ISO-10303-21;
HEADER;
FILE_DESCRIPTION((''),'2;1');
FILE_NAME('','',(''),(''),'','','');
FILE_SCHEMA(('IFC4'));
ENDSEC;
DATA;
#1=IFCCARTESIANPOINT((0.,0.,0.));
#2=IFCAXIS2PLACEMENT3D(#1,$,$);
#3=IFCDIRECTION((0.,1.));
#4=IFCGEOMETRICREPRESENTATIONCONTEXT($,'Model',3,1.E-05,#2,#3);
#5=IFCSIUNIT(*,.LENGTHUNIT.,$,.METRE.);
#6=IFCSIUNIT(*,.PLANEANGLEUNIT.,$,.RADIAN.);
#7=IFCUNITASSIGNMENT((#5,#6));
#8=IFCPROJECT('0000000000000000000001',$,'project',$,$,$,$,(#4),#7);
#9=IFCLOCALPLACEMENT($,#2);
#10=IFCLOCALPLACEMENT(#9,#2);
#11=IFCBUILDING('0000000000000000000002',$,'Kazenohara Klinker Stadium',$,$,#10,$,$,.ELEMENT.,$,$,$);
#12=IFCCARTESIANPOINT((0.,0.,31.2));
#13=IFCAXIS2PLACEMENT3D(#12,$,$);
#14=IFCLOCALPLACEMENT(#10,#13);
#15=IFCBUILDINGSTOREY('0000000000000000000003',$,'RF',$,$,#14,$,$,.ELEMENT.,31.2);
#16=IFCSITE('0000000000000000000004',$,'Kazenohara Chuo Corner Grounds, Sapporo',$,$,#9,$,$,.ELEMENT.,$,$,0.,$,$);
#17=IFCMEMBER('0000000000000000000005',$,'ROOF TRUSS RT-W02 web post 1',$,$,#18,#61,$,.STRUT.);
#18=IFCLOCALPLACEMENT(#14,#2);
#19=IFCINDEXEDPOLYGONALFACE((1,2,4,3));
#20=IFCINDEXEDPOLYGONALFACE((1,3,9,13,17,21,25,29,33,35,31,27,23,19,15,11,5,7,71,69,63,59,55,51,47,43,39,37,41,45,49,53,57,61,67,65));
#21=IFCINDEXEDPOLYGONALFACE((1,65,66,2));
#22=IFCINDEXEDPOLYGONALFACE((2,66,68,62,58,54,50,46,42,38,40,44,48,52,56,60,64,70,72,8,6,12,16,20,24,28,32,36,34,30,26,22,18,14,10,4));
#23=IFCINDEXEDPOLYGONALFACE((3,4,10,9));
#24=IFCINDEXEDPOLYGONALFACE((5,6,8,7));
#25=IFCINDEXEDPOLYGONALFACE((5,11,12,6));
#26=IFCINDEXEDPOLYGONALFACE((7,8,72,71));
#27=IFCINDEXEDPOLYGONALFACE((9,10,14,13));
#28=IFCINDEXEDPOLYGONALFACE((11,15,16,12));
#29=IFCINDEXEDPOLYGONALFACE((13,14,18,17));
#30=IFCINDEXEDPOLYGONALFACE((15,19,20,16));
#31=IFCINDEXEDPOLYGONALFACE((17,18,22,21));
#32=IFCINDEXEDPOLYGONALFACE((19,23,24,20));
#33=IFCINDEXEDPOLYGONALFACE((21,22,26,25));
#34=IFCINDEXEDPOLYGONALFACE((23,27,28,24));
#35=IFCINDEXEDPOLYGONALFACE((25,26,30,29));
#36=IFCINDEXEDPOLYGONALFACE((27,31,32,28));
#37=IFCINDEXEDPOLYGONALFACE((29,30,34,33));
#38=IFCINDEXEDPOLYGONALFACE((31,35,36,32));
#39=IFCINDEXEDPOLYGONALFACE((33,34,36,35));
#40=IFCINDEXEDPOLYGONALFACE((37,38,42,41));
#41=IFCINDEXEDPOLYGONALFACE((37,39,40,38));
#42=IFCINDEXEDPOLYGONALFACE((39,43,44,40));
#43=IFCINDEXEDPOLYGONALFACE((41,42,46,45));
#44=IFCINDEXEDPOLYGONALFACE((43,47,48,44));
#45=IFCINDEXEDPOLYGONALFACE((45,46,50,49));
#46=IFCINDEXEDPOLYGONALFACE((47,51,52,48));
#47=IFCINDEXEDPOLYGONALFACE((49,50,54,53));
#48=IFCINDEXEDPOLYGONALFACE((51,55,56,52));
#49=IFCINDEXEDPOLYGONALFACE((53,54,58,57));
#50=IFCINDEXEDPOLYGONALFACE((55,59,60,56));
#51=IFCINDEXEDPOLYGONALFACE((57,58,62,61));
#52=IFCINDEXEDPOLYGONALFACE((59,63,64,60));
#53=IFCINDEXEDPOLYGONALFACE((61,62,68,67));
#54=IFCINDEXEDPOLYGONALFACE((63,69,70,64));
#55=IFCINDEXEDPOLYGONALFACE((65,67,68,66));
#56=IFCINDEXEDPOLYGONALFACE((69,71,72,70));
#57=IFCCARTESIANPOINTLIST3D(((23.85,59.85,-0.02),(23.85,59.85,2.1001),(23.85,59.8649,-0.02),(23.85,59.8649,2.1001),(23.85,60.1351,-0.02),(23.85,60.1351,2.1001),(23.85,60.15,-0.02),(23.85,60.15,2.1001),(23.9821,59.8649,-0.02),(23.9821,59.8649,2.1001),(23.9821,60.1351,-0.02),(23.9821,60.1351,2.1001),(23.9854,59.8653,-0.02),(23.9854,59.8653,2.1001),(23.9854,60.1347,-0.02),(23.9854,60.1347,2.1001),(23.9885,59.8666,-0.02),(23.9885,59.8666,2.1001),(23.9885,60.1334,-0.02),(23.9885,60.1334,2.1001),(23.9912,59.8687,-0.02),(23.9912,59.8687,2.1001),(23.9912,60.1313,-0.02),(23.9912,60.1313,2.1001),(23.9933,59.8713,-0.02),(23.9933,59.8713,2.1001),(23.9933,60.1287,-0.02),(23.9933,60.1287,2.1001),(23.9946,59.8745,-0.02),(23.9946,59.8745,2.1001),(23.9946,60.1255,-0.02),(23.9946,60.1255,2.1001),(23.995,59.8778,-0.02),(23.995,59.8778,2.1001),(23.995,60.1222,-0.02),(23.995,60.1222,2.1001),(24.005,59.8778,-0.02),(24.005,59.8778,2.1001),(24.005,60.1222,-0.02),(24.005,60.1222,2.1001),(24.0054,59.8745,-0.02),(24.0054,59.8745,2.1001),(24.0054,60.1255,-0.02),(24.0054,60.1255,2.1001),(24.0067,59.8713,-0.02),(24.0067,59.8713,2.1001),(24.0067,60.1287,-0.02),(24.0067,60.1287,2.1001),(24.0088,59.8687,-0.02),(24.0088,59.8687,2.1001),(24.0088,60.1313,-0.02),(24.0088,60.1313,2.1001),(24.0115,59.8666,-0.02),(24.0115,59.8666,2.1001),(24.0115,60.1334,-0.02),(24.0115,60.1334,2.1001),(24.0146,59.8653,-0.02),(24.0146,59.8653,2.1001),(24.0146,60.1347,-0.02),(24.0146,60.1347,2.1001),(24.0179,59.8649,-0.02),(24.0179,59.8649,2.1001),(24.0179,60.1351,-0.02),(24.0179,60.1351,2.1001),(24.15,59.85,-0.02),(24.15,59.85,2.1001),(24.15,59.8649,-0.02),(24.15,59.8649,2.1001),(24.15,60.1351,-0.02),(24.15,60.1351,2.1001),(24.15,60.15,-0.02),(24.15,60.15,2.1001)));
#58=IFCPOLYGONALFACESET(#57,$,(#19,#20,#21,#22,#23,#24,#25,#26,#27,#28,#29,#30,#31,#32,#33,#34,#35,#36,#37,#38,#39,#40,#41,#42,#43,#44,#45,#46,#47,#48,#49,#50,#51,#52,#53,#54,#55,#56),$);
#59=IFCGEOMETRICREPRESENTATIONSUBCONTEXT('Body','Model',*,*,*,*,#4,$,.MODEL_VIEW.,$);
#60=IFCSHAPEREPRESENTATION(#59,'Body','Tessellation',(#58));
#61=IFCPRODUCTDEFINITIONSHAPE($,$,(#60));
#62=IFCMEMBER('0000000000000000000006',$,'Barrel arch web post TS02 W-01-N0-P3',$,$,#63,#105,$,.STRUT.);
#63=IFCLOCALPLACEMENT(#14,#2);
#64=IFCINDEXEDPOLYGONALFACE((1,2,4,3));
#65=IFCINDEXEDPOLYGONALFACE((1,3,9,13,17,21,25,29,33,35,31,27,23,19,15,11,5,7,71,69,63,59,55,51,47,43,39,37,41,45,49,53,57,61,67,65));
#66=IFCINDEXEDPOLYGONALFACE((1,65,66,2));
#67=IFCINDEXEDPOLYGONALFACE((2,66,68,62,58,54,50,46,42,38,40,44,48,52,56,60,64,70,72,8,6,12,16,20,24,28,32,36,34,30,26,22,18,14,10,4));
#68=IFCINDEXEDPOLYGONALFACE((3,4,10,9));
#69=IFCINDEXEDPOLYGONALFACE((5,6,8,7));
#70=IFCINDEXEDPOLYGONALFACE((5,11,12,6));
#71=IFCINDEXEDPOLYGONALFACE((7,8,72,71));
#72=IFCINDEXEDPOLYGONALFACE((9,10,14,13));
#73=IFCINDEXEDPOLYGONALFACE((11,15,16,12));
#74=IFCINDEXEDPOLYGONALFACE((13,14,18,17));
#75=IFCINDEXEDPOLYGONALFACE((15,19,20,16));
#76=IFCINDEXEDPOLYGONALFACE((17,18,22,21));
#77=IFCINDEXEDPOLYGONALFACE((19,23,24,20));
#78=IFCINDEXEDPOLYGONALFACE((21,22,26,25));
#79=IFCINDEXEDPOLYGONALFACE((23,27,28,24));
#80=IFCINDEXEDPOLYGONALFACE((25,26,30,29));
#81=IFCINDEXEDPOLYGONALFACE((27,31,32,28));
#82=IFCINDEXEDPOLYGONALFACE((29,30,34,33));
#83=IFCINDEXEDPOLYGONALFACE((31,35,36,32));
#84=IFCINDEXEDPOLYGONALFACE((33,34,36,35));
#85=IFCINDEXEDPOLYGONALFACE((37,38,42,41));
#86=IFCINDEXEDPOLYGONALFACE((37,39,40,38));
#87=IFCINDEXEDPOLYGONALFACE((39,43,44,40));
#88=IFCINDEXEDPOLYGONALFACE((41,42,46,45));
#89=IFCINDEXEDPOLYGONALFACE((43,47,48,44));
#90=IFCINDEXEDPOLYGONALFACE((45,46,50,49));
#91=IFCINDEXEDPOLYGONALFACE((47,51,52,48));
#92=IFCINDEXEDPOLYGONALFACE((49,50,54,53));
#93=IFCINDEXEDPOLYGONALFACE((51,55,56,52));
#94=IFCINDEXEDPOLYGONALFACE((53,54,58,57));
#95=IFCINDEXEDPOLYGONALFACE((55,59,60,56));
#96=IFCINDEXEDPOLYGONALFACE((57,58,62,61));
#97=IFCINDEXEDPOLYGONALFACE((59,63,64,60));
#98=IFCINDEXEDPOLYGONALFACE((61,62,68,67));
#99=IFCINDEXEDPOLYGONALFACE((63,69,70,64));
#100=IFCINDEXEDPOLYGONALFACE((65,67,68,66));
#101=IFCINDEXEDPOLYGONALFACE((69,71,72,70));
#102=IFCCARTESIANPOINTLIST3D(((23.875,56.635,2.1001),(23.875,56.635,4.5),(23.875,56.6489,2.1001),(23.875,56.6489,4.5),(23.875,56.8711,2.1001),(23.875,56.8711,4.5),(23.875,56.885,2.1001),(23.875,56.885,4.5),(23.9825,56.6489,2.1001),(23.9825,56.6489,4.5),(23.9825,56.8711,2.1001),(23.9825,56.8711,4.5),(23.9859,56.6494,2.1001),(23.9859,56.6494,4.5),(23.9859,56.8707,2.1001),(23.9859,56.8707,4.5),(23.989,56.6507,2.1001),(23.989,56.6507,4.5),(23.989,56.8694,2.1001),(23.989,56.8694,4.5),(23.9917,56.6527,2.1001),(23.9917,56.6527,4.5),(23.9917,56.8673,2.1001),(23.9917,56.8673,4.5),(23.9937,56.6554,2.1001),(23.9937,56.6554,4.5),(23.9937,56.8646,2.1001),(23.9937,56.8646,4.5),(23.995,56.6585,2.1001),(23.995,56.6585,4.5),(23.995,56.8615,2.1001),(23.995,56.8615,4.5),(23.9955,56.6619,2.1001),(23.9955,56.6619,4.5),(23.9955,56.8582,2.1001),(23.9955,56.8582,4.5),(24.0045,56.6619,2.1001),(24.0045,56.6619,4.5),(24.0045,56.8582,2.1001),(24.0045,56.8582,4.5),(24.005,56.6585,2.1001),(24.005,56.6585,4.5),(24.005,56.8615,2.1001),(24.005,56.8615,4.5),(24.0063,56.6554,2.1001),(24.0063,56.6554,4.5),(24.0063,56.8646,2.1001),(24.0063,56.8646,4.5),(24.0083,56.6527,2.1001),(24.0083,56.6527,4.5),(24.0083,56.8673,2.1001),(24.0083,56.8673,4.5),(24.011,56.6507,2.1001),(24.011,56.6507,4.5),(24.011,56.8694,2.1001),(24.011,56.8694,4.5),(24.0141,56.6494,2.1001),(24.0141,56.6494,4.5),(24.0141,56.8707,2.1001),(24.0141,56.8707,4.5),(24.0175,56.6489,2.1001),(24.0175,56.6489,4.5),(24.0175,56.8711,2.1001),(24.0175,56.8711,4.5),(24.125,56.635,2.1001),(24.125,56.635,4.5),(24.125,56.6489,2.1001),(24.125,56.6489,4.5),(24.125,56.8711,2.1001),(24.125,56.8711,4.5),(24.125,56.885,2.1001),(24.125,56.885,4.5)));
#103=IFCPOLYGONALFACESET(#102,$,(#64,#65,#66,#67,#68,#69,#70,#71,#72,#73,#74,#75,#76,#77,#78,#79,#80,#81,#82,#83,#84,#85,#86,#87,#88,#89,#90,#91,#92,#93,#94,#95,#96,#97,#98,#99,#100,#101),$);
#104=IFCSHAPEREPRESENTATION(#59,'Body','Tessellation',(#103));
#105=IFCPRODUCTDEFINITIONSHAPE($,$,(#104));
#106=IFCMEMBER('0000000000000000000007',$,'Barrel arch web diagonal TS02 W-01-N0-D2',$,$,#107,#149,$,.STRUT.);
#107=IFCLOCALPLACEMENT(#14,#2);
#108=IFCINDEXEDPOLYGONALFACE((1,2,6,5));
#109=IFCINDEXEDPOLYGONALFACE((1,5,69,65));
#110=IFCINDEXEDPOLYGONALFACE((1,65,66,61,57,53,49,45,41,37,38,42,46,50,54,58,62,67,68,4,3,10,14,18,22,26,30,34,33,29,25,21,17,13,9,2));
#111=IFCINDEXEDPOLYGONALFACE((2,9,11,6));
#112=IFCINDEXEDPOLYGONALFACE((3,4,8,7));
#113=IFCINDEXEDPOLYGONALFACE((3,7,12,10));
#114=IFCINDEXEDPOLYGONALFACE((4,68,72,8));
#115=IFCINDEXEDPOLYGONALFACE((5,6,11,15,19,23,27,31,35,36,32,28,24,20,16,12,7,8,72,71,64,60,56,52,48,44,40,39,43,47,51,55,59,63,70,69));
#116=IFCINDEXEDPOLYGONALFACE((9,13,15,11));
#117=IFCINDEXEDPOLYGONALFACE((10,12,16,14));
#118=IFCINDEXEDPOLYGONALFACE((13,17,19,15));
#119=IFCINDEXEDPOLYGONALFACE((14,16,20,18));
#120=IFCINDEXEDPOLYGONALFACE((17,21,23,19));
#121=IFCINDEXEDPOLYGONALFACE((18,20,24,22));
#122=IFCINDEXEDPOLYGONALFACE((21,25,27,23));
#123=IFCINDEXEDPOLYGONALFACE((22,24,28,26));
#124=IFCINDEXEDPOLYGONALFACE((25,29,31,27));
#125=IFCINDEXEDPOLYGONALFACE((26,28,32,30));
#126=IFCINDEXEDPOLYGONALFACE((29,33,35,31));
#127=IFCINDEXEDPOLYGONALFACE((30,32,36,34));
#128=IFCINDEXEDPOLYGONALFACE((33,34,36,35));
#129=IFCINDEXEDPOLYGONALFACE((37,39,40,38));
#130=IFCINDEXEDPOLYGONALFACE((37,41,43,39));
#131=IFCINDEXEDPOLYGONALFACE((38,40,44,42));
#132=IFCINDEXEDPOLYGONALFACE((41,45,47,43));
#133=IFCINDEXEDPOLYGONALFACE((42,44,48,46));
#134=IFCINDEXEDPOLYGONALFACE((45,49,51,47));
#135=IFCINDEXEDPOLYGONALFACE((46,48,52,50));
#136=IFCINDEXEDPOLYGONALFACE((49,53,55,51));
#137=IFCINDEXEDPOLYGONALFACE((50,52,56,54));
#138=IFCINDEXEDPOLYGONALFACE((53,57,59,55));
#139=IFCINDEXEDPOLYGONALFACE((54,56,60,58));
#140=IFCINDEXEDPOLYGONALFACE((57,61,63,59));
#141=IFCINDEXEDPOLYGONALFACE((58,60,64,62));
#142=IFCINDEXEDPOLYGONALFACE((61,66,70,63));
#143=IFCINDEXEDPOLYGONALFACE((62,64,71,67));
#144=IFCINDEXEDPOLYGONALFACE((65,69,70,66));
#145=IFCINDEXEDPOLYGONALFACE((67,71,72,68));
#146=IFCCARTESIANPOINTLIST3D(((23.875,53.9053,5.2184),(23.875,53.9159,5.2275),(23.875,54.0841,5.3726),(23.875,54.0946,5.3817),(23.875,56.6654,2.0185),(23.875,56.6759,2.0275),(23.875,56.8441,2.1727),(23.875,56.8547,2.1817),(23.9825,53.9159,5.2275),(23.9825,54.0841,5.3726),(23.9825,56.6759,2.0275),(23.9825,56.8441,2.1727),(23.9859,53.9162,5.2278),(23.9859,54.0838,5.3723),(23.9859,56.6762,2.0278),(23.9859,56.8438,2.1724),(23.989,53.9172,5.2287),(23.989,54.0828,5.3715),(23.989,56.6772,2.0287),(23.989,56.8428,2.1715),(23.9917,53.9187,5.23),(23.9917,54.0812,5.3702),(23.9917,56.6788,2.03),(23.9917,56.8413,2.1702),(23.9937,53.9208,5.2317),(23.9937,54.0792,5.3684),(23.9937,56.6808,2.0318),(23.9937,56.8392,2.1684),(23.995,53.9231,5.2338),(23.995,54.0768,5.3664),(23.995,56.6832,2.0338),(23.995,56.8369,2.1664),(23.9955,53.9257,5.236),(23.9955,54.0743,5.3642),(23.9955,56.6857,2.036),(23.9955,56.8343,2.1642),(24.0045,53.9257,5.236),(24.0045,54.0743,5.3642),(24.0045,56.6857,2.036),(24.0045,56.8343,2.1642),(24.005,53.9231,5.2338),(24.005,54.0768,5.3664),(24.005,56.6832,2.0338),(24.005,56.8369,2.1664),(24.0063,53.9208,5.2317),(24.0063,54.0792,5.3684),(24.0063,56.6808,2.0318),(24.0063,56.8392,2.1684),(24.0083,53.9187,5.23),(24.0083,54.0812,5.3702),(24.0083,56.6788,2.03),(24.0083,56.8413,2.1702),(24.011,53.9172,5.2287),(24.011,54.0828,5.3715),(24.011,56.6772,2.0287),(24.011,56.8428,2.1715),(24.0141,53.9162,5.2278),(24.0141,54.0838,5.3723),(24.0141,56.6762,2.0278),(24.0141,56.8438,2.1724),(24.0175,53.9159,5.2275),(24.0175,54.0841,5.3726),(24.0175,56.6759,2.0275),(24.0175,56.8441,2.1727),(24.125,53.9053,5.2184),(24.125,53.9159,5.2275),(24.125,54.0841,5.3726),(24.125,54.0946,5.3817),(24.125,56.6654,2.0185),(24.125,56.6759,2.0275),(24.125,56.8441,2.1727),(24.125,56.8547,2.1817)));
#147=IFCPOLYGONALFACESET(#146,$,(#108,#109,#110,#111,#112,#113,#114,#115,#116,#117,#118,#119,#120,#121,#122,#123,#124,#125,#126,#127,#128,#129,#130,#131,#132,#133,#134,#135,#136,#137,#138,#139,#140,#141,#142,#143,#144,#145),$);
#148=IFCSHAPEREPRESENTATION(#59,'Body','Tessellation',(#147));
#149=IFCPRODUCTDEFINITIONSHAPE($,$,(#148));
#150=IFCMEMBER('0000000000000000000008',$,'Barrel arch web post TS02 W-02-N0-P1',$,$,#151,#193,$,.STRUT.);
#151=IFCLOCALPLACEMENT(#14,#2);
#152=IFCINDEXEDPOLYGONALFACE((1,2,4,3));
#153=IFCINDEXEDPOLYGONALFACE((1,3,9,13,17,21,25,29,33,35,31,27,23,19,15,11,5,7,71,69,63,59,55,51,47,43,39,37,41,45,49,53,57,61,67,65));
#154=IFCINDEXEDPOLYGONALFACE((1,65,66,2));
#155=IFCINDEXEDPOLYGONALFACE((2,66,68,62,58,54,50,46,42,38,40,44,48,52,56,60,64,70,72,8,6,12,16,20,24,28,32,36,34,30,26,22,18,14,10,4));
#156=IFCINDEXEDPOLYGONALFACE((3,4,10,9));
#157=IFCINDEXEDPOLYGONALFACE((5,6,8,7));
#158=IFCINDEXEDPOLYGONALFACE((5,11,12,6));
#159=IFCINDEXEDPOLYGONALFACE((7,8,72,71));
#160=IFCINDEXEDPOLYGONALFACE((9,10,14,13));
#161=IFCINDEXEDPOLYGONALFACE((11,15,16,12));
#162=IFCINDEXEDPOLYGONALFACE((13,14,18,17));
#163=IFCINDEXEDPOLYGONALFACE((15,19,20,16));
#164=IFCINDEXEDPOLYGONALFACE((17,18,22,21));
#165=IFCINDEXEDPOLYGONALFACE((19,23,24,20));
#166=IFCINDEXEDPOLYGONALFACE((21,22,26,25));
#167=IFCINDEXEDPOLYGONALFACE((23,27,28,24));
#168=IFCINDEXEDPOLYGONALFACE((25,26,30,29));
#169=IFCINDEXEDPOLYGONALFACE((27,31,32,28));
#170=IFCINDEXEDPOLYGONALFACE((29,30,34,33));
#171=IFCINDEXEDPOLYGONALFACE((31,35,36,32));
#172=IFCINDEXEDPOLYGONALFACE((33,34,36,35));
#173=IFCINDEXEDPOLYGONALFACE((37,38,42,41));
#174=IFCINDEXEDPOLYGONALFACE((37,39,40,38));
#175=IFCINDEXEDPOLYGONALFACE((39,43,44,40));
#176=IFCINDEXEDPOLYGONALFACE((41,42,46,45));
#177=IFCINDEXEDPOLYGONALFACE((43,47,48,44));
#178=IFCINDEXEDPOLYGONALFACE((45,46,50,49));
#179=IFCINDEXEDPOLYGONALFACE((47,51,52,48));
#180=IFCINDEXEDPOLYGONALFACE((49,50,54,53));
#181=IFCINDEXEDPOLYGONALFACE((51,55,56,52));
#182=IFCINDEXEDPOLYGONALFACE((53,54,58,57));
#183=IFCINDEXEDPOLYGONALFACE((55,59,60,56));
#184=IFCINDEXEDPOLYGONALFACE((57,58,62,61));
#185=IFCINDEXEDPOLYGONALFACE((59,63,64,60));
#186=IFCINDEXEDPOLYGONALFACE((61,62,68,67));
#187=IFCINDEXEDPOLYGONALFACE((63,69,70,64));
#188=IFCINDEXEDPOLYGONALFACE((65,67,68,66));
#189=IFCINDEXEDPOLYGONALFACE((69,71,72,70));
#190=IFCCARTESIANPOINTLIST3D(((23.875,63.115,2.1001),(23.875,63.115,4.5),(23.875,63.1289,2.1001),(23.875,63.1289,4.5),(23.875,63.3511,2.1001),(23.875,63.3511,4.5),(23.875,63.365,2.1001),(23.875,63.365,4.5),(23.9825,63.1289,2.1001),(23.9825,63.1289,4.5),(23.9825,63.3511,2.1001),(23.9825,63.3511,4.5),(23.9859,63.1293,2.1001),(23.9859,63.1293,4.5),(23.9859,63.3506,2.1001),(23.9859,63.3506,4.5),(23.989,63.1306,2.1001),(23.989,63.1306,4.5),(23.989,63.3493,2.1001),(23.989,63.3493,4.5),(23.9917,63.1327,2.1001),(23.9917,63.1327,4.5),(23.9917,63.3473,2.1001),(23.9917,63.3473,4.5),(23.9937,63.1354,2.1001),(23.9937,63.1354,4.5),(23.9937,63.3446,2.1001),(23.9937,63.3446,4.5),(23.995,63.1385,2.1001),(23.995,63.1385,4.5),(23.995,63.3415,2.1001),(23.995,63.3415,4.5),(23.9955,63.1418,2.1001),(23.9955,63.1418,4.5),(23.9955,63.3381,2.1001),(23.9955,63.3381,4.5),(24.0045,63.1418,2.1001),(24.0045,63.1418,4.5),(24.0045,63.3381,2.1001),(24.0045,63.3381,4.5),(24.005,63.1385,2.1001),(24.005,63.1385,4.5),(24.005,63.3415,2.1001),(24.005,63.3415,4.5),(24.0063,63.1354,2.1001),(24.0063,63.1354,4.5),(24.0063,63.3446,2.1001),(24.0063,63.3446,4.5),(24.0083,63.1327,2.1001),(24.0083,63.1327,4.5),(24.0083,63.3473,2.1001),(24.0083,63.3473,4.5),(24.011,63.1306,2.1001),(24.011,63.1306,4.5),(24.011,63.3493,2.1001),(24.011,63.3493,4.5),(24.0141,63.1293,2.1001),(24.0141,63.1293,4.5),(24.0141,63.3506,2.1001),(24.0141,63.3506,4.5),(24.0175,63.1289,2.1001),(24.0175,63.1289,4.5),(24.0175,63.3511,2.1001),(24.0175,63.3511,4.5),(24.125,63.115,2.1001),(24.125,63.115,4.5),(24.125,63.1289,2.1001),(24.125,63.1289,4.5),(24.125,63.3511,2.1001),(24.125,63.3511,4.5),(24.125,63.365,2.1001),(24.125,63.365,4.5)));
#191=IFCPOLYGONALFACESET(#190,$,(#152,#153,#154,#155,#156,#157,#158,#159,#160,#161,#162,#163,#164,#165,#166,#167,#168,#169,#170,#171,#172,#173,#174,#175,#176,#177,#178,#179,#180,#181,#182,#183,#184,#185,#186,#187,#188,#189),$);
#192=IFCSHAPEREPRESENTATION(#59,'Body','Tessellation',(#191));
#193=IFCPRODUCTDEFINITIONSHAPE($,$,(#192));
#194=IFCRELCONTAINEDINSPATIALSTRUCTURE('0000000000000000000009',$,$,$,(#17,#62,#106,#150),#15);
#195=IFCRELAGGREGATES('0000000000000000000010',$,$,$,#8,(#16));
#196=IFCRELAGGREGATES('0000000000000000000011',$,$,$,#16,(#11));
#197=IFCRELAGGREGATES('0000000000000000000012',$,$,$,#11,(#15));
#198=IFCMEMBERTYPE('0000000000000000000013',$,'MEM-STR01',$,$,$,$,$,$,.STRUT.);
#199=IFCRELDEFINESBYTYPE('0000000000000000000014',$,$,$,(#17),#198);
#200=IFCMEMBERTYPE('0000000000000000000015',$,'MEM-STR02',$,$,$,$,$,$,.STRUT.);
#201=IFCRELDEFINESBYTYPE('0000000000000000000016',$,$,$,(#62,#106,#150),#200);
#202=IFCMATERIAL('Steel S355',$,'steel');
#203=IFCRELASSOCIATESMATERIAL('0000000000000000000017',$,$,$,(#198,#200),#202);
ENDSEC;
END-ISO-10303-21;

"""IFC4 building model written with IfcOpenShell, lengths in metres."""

from ifc_helpers import new_model, si_unit, direction, frame, origin, origin_2d, place, context, subcontext, project, spatial, i_section, extrude, material, material_profile, profile_set, type_object, element, save


model = new_model("IFC4")

# Units and contexts
model_context = context("Model", 3, precision=1e-05, world=origin(), true_north=direction((0.0, 1.0)))
body_context = subcontext(model_context, "Body", "Model", "MODEL_VIEW")
ifc_project = project(units=[si_unit("LENGTHUNIT", "METRE"), si_unit("PLANEANGLEUNIT", "RADIAN")], contexts=[model_context])

# Site, building, storey
site_placement = place(None, origin())
site = spatial("IfcSite", under=ifc_project, at=site_placement, Name="Kazenohara Chuo Corner Grounds, Sapporo", CompositionType="ELEMENT", RefElevation=0.0)
building_placement = place(site_placement, origin())
building = spatial("IfcBuilding", under=site, at=building_placement, Name="Kazenohara Klinker Stadium", CompositionType="ELEMENT")
storey_placement = place(building_placement, frame((0.0, 0.0, 31.2)))
storey = spatial("IfcBuildingStorey", under=building, at=storey_placement, Name="RF", CompositionType="ELEMENT", Elevation=31.2)

# Members
ifc_material_1 = material(Name="Steel S355", Category="steel")
ifc_material_profile_1 = material_profile(ifc_material_1, i_section(OverallWidth=0.3, OverallDepth=0.3, WebThickness=0.01, FlangeThickness=0.0149, FilletRadius=0.0129, at=origin_2d()), Name="H-300x300x10x15")
ifc_profile_set_1 = profile_set([ifc_material_profile_1], Name="Steel S355")
member_type_1 = type_object("IfcMemberType", Name="MEM-STR01", PredefinedType="STRUT", material=ifc_profile_set_1)
member_1_placement = place(storey_placement, frame((24.0, 60.0, -0.02), z_axis=(0.0, 0.0, 1.0), x_axis=(1.0, 0.0, 0.0)))
element("IfcMember", 1, at=member_1_placement, inside=storey, type_object=member_type_1, Name="ROOF TRUSS RT-W02 web post 1", PredefinedType="STRUT", context=body_context, shape_type="SweptSolid", body=[
    extrude(i_section(OverallWidth=0.3, OverallDepth=0.3, WebThickness=0.01, FlangeThickness=0.0149, FilletRadius=0.0129, at=origin_2d()), origin(), (0.0, 0.0, 1.0), 2.1201),
])
ifc_material_profile_2 = material_profile(ifc_material_1, i_section(OverallWidth=0.25, OverallDepth=0.25, WebThickness=0.009, FlangeThickness=0.0139, FilletRadius=0.0129, at=origin_2d()), Name="H-250x250x9x14")
ifc_profile_set_2 = profile_set([ifc_material_profile_2], Name="Steel S355")
member_type_2 = type_object("IfcMemberType", Name="MEM-STR02", PredefinedType="STRUT", material=ifc_profile_set_2)
member_2_placement = place(storey_placement, frame((24.0, 56.76, 2.1001), z_axis=(0.0, 0.0, 1.0), x_axis=(1.0, 0.0, 0.0)))
element("IfcMember", 2, at=member_2_placement, inside=storey, type_object=member_type_2, Name="Barrel arch web post TS02 W-01-N0-P3", PredefinedType="STRUT", context=body_context, shape_type="SweptSolid", body=[
    extrude(i_section(OverallWidth=0.25, OverallDepth=0.25, WebThickness=0.009, FlangeThickness=0.0139, FilletRadius=0.0129, at=origin_2d()), origin(), (0.0, 0.0, 1.0), 2.3999),
])
member_3_placement = place(storey_placement, frame((24.0, 56.76, 2.1001), z_axis=(0.0, -0.653134, 0.757242), x_axis=(1.0, 0.0, 0.0)))
element("IfcMember", 3, at=member_3_placement, inside=storey, type_object=member_type_2, Name="Barrel arch web diagonal TS02 W-01-N0-D2", PredefinedType="STRUT", context=body_context, shape_type="SweptSolid", body=[
    extrude(i_section(OverallWidth=0.25, OverallDepth=0.25, WebThickness=0.009, FlangeThickness=0.0139, FilletRadius=0.0129, at=origin_2d()), origin(), (0.0, 0.0, 1.0), 4.2258),
])
member_4_placement = place(storey_placement, frame((24.0, 63.24, 2.1001), z_axis=(0.0, 0.0, 1.0), x_axis=(1.0, 0.0, 0.0)))
element("IfcMember", 4, at=member_4_placement, inside=storey, type_object=member_type_2, Name="Barrel arch web post TS02 W-02-N0-P1", PredefinedType="STRUT", context=body_context, shape_type="SweptSolid", body=[
    extrude(i_section(OverallWidth=0.25, OverallDepth=0.25, WebThickness=0.009, FlangeThickness=0.0139, FilletRadius=0.0129, at=origin_2d()), origin(), (0.0, 0.0, 1.0), 2.3999),
])

save(model, "model.ifc")
